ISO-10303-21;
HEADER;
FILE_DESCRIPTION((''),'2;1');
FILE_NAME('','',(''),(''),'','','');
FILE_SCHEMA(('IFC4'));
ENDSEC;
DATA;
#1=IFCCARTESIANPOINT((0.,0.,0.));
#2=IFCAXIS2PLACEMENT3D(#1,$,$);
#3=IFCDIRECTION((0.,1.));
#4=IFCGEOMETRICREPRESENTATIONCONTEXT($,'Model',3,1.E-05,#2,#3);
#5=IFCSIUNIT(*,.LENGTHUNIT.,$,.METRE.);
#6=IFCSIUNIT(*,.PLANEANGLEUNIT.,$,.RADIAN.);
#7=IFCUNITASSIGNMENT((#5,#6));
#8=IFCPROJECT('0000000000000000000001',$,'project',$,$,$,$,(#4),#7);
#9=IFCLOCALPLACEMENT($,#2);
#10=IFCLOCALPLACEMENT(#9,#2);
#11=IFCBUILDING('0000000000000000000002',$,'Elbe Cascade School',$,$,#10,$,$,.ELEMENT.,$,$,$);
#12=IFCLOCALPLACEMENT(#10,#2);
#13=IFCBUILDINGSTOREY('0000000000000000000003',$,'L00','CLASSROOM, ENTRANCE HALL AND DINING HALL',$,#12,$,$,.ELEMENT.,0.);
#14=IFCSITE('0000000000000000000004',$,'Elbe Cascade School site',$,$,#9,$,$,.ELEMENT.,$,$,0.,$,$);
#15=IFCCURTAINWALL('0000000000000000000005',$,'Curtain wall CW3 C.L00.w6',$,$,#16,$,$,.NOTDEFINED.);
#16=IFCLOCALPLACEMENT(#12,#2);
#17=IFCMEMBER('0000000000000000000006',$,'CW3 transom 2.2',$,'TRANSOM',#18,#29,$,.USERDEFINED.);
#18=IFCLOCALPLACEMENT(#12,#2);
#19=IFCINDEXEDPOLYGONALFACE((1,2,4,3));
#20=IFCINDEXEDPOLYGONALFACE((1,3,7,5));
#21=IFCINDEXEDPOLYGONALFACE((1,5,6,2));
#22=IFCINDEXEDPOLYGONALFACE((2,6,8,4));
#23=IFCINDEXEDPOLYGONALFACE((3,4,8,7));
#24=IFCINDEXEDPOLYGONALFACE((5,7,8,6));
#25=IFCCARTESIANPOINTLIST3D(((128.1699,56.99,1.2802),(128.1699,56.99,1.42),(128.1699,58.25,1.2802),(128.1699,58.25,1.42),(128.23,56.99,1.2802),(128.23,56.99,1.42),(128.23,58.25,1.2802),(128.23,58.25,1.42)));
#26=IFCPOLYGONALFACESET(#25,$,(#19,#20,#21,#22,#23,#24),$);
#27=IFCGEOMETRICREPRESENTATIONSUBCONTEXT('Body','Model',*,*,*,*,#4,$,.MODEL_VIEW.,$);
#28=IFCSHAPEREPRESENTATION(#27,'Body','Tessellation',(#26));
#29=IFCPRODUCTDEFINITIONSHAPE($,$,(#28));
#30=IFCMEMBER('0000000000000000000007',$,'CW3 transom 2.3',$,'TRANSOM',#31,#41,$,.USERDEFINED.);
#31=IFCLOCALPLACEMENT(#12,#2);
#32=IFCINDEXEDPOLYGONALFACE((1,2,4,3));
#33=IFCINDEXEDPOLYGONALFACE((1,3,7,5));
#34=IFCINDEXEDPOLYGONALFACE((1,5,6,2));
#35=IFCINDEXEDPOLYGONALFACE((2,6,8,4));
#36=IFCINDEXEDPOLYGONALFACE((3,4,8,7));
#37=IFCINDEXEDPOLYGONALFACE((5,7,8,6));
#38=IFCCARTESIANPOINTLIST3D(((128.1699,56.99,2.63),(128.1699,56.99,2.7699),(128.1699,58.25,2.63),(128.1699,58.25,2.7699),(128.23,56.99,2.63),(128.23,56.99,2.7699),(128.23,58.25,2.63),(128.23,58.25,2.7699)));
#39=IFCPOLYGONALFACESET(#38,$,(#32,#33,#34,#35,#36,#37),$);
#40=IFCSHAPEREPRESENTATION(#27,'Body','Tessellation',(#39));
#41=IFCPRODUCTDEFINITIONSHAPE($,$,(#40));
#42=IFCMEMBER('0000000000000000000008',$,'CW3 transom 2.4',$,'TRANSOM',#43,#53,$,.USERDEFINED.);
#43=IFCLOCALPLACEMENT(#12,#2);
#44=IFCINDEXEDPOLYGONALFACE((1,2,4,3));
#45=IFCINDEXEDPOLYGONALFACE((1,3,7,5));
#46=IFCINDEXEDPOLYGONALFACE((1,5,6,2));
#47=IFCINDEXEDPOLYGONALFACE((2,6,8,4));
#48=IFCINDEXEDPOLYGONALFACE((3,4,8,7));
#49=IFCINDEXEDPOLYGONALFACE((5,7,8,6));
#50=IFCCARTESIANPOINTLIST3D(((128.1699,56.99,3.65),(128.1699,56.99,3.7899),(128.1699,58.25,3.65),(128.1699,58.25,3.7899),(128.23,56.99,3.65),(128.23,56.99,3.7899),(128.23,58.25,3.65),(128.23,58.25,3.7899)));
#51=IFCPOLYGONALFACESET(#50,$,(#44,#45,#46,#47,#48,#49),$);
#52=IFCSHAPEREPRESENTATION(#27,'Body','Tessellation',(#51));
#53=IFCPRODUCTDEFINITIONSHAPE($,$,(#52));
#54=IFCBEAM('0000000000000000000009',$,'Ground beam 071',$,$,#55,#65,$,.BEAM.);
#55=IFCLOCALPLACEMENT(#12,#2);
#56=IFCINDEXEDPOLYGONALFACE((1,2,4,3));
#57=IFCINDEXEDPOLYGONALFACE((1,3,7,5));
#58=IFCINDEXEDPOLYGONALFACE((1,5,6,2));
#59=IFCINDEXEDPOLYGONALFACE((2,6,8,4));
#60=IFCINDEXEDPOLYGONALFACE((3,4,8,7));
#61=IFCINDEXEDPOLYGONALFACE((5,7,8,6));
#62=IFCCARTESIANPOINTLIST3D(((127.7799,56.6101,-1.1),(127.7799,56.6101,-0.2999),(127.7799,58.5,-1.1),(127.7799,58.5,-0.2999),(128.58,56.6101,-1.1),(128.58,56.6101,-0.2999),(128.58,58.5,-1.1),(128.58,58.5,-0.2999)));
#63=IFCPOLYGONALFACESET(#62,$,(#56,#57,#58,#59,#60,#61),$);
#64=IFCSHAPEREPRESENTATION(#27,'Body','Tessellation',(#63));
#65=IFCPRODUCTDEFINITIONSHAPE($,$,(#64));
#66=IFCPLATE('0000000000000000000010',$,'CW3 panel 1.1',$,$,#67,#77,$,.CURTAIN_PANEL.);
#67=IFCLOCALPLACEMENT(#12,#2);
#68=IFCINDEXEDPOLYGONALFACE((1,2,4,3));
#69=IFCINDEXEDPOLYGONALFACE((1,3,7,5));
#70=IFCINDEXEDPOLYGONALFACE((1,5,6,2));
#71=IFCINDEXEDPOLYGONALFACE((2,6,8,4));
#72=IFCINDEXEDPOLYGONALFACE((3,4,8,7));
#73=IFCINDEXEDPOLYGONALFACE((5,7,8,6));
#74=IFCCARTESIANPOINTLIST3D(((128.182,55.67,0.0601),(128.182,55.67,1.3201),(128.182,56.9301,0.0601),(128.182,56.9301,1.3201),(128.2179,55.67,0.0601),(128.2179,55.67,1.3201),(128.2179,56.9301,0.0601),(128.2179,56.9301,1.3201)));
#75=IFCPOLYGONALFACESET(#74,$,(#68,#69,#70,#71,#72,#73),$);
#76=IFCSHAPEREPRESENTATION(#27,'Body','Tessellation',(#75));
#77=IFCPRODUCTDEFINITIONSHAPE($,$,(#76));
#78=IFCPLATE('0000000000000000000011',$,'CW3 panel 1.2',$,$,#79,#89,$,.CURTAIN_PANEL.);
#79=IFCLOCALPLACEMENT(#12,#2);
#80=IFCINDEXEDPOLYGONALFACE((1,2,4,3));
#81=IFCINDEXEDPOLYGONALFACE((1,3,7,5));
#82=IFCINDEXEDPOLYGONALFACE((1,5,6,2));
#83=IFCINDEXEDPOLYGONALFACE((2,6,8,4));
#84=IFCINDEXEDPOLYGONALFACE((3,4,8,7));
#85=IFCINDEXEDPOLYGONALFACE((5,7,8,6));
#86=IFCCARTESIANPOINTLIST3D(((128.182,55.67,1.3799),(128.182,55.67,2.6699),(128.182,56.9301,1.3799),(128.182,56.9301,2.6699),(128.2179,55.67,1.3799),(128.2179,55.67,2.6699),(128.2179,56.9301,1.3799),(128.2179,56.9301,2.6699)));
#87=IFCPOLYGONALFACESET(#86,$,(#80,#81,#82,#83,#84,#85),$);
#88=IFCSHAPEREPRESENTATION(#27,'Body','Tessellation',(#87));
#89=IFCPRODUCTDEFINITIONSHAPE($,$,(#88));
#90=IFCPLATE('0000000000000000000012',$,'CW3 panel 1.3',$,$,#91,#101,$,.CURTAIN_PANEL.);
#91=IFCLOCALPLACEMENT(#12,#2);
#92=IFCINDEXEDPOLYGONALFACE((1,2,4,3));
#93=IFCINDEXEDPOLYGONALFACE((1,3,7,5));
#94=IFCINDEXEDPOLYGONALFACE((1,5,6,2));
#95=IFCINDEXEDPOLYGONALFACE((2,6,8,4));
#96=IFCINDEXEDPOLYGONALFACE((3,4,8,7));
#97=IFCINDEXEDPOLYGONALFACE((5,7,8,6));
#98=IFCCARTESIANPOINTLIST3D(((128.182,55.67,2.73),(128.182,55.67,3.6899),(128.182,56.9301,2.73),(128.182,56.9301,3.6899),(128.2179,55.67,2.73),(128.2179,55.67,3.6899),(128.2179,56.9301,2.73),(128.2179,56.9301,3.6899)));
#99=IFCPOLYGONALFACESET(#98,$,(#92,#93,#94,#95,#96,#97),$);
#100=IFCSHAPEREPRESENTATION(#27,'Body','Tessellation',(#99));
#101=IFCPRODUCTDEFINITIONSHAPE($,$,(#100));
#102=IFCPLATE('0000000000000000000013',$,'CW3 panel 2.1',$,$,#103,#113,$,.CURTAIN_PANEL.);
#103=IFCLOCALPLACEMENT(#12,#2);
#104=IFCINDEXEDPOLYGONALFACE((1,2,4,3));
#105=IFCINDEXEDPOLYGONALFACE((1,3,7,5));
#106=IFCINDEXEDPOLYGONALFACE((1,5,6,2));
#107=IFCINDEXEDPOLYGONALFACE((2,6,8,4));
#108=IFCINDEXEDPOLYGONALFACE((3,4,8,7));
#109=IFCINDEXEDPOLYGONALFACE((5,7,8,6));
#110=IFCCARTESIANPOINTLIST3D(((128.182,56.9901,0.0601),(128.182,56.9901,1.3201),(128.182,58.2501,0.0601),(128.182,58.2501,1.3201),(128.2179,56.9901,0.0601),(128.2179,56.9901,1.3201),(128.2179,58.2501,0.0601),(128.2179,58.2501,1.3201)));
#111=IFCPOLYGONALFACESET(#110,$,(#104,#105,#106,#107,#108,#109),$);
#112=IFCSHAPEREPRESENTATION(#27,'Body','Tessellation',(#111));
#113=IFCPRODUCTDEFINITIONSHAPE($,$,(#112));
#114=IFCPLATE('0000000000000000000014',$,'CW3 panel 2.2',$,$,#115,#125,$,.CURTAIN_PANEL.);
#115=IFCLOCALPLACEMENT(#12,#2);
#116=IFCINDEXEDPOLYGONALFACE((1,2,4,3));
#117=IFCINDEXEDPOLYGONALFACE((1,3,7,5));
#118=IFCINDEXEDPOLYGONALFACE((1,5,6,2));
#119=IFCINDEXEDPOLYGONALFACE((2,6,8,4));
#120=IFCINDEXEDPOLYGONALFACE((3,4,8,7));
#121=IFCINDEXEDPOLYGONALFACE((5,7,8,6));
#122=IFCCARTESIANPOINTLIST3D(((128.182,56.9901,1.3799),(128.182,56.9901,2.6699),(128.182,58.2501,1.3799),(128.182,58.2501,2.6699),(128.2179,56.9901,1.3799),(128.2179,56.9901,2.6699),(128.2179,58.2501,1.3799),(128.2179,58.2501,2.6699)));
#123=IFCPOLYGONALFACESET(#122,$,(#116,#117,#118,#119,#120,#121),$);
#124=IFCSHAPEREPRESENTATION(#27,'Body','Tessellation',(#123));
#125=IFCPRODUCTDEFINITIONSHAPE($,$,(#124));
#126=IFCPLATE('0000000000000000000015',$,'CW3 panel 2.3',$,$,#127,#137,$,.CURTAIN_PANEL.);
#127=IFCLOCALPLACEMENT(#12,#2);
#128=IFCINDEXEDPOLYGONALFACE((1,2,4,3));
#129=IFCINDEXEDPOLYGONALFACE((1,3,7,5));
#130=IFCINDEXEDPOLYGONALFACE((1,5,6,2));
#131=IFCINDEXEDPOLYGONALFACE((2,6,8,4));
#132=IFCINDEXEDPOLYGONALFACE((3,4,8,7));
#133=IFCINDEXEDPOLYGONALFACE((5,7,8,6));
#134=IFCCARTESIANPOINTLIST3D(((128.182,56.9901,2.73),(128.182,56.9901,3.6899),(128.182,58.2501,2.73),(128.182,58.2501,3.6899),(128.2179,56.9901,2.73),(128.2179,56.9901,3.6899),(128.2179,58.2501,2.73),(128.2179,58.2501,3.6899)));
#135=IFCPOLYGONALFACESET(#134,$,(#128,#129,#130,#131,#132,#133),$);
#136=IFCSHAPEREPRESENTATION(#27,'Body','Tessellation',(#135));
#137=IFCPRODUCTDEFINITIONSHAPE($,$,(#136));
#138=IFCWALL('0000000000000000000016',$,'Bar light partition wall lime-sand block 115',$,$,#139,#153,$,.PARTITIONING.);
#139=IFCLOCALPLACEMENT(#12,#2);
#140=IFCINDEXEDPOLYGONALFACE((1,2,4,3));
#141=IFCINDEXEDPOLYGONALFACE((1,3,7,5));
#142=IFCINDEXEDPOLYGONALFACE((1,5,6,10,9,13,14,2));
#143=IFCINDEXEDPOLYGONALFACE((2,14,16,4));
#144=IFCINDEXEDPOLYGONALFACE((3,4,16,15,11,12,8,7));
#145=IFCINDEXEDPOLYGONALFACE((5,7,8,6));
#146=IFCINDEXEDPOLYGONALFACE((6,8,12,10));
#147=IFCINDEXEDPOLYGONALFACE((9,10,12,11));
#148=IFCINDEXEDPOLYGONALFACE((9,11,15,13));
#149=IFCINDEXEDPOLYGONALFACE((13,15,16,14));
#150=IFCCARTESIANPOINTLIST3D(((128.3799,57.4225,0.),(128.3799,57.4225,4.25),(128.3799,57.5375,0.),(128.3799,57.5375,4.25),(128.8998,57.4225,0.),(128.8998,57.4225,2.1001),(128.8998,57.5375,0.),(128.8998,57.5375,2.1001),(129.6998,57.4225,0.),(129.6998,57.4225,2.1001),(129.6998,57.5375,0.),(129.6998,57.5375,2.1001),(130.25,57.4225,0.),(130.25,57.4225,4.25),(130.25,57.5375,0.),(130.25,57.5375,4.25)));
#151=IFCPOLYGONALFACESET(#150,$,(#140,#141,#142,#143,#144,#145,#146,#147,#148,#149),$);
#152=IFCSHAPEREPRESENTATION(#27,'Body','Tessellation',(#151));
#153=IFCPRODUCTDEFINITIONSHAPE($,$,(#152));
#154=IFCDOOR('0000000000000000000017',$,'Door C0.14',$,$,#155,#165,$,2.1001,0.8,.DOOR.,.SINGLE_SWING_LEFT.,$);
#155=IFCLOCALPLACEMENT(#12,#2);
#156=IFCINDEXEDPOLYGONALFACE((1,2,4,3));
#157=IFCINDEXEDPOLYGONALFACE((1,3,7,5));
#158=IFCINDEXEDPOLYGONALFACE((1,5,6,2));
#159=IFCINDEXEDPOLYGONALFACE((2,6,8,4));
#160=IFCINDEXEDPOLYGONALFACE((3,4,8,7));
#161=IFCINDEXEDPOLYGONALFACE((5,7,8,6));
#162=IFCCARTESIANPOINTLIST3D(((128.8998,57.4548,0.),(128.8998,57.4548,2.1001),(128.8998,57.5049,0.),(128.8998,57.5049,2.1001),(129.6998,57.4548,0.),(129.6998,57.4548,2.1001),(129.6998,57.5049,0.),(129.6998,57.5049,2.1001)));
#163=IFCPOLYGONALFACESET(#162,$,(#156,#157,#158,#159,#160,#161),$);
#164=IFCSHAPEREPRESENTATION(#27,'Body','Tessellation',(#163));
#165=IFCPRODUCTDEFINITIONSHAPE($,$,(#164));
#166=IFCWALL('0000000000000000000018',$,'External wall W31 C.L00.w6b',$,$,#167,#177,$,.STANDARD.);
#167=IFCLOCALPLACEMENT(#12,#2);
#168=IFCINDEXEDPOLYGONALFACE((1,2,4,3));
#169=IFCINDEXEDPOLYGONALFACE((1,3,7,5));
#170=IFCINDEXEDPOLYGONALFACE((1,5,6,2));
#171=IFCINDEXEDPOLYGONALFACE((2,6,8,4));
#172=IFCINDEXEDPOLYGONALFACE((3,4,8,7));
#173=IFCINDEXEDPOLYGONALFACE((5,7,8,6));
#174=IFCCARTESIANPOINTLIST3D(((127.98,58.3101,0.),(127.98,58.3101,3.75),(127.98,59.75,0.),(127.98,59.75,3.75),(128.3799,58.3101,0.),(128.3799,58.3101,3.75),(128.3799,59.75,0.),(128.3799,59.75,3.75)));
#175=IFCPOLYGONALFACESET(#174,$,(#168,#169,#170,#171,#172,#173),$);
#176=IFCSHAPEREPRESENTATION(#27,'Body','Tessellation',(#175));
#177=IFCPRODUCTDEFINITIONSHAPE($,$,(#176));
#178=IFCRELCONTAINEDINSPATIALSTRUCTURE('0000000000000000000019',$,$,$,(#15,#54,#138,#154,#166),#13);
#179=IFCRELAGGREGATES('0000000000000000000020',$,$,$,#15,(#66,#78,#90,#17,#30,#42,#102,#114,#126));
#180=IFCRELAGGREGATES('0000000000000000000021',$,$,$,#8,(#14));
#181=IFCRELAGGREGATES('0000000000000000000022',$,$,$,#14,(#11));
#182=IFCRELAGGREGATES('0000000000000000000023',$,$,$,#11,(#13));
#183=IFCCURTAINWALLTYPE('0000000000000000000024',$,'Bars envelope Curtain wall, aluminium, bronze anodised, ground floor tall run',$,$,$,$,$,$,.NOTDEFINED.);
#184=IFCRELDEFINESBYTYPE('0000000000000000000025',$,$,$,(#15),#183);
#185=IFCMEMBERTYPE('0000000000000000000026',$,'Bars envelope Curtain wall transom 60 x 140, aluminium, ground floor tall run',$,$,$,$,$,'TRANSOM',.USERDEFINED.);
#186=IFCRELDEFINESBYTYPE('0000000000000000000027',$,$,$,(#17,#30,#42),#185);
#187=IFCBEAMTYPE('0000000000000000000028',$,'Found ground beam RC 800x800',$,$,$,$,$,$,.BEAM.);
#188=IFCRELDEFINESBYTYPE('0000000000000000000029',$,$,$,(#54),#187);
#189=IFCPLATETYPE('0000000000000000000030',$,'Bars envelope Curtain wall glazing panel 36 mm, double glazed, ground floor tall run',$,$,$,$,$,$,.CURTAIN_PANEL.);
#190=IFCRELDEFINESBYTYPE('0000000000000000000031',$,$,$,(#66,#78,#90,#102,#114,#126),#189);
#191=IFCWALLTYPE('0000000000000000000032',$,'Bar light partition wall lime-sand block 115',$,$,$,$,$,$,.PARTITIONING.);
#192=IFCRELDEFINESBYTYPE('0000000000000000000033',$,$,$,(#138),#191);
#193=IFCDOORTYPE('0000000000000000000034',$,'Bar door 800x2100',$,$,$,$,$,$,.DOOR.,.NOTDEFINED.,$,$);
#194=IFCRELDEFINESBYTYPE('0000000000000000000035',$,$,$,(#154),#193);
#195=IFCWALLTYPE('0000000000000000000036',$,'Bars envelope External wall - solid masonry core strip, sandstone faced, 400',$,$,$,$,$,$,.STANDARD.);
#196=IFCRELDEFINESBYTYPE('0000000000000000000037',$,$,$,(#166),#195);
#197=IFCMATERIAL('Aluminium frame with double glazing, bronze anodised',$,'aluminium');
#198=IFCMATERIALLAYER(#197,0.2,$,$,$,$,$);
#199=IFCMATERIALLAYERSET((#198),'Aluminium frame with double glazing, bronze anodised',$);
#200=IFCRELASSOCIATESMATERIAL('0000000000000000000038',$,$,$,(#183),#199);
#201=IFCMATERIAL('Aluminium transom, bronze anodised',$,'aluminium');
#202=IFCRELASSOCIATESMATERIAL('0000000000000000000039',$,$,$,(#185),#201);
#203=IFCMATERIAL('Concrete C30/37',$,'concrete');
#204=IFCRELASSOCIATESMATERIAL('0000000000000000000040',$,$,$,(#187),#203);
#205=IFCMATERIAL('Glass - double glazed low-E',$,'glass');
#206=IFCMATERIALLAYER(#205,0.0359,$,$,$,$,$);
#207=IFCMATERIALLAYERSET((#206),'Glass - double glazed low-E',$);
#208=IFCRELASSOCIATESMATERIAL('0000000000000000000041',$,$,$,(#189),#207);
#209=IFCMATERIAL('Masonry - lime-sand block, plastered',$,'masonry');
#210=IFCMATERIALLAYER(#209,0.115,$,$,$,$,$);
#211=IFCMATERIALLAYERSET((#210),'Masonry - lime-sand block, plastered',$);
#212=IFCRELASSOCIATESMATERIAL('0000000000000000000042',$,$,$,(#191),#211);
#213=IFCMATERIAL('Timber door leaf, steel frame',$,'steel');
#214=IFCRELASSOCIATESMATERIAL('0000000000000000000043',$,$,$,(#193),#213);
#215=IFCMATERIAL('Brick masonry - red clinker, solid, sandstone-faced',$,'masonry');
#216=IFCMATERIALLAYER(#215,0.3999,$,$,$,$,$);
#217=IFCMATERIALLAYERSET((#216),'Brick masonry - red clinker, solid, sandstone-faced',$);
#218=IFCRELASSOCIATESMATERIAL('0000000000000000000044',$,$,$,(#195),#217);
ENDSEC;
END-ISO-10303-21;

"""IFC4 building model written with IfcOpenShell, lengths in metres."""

from ifc_helpers import new_model, si_unit, direction, frame, frame_2d, origin, origin_2d, place, context, subcontext, project, spatial, rectangle, extrude, material, layer, layer_set, material_profile, profile_set, type_object, element, fill, aggregate, save


model = new_model("IFC4")

# Units and contexts
model_context = context("Model", 3, precision=1e-05, world=origin(), true_north=direction((0.0, 1.0)))
body_context = subcontext(model_context, "Body", "Model", "MODEL_VIEW")
ifc_project = project(units=[si_unit("LENGTHUNIT", "METRE"), si_unit("PLANEANGLEUNIT", "RADIAN")], contexts=[model_context])

# Site, building, storey
site_placement = place(None, origin())
site = spatial("IfcSite", under=ifc_project, at=site_placement, Name="Elbe Cascade School site", CompositionType="ELEMENT", RefElevation=0.0)
building_placement = place(site_placement, origin())
building = spatial("IfcBuilding", under=site, at=building_placement, Name="Elbe Cascade School", CompositionType="ELEMENT")
storey_placement = place(building_placement, origin())
storey = spatial("IfcBuildingStorey", under=building, at=storey_placement, Name="L00", Description="CLASSROOM, ENTRANCE HALL AND DINING HALL", CompositionType="ELEMENT", Elevation=0.0)

# Curtain wall, members
ifc_material_1 = material(Name="Aluminium frame with double glazing, bronze anodised", Category="aluminium")
ifc_layer_1 = layer(ifc_material_1, 0.2)
ifc_layer_set_1 = layer_set([ifc_layer_1], Name="Aluminium frame with double glazing, bronze anodised")
curtain_wall_type = type_object("IfcCurtainWallType", Name="Bars envelope Curtain wall, aluminium, bronze anodised, ground floor tall run", PredefinedType="NOTDEFINED", material=ifc_layer_set_1)
curtain_wall_placement = place(storey_placement, origin())
curtain_wall = element("IfcCurtainWall", 1, at=curtain_wall_placement, inside=storey, type_object=curtain_wall_type, Name="Curtain wall CW3 C.L00.w6", PredefinedType="NOTDEFINED")
ifc_material_2 = material(Name="Aluminium transom, bronze anodised", Category="aluminium")
ifc_material_profile_1 = material_profile(ifc_material_2, rectangle(XDim=0.0601, YDim=0.1399, at=origin_2d()), Name="Bars envelope Curtain wall transom 60 x 140, aluminium, ground floor tall run")
ifc_profile_set_1 = profile_set([ifc_material_profile_1], Name="Aluminium transom, bronze anodised")
member_type_1 = type_object("IfcMemberType", Name="Bars envelope Curtain wall transom 60 x 140, aluminium, ground floor tall run", ElementType="TRANSOM", PredefinedType="USERDEFINED", material=ifc_profile_set_1)
member_1_placement = place(storey_placement, frame((128.2, 56.99, 1.3501), z_axis=(0.0, 1.0, 0.0), x_axis=(-1.0, 0.0, 0.0)))
member_1 = element("IfcMember", 2, at=member_1_placement, type_object=member_type_1, Name="CW3 transom 2.2", ObjectType="TRANSOM", PredefinedType="USERDEFINED", context=body_context, shape_type="SweptSolid", body=[
    extrude(rectangle(XDim=0.0601, YDim=0.1399, at=origin_2d()), origin(), (0.0, 0.0, 1.0), 1.26),
])
member_2_placement = place(storey_placement, frame((128.2, 56.99, 2.7), z_axis=(0.0, 1.0, 0.0), x_axis=(-1.0, 0.0, 0.0)))
member_2 = element("IfcMember", 3, at=member_2_placement, type_object=member_type_1, Name="CW3 transom 2.3", ObjectType="TRANSOM", PredefinedType="USERDEFINED", context=body_context, shape_type="SweptSolid", body=[
    extrude(rectangle(XDim=0.0601, YDim=0.1399, at=origin_2d()), origin(), (0.0, 0.0, 1.0), 1.26),
])
member_3_placement = place(storey_placement, frame((128.2, 56.99, 3.72), z_axis=(0.0, 1.0, 0.0), x_axis=(-1.0, 0.0, 0.0)))
member_3 = element("IfcMember", 4, at=member_3_placement, type_object=member_type_1, Name="CW3 transom 2.4", ObjectType="TRANSOM", PredefinedType="USERDEFINED", context=body_context, shape_type="SweptSolid", body=[
    extrude(rectangle(XDim=0.0601, YDim=0.1399, at=origin_2d()), origin(), (0.0, 0.0, 1.0), 1.26),
])

# Beam
ifc_material_3 = material(Name="Concrete C30/37", Category="concrete")
ifc_material_profile_2 = material_profile(ifc_material_3, rectangle(XDim=0.8, YDim=0.8, at=origin_2d()), Name="RC 800x800")
ifc_profile_set_2 = profile_set([ifc_material_profile_2], Name="Concrete C30/37")
beam_type = type_object("IfcBeamType", Name="Found ground beam RC 800x800", PredefinedType="BEAM", material=ifc_profile_set_2)
beam_placement = place(storey_placement, frame((128.1799, 56.6101, -0.7), z_axis=(0.0, 1.0, 0.0), x_axis=(-1.0, 0.0, 0.0)))
element("IfcBeam", 5, at=beam_placement, inside=storey, type_object=beam_type, Name="Ground beam 071", PredefinedType="BEAM", context=body_context, shape_type="SweptSolid", body=[
    extrude(rectangle(XDim=0.8, YDim=0.8, at=origin_2d()), origin(), (0.0, 0.0, 1.0), 1.8899),
])

# Plates
ifc_material_4 = material(Name="Glass - double glazed low-E", Category="glass")
ifc_layer_2 = layer(ifc_material_4, 0.0359)
ifc_layer_set_2 = layer_set([ifc_layer_2], Name="Glass - double glazed low-E")
plate_type = type_object("IfcPlateType", Name="Bars envelope Curtain wall glazing panel 36 mm, double glazed, ground floor tall run", PredefinedType="CURTAIN_PANEL", material=ifc_layer_set_2)
plate_1_placement = place(storey_placement, frame((128.2, 56.3, 0.0601), z_axis=(0.0, 0.0, 1.0), x_axis=(0.0, 1.0, 0.0)))
plate_1 = element("IfcPlate", 6, at=plate_1_placement, type_object=plate_type, Name="CW3 panel 1.1", PredefinedType="CURTAIN_PANEL", context=body_context, shape_type="SweptSolid", body=[
    extrude(rectangle(XDim=1.26, YDim=0.0359, at=origin_2d()), origin(), (0.0, 0.0, 1.0), 1.26),
])
plate_2_placement = place(storey_placement, frame((128.2, 56.3, 1.3799), z_axis=(0.0, 0.0, 1.0), x_axis=(0.0, 1.0, 0.0)))
plate_2 = element("IfcPlate", 7, at=plate_2_placement, type_object=plate_type, Name="CW3 panel 1.2", PredefinedType="CURTAIN_PANEL", context=body_context, shape_type="SweptSolid", body=[
    extrude(rectangle(XDim=1.26, YDim=0.0359, at=origin_2d()), origin(), (0.0, 0.0, 1.0), 1.29),
])
plate_3_placement = place(storey_placement, frame((128.2, 56.3, 2.73), z_axis=(0.0, 0.0, 1.0), x_axis=(0.0, 1.0, 0.0)))
plate_3 = element("IfcPlate", 8, at=plate_3_placement, type_object=plate_type, Name="CW3 panel 1.3", PredefinedType="CURTAIN_PANEL", context=body_context, shape_type="SweptSolid", body=[
    extrude(rectangle(XDim=1.26, YDim=0.0359, at=origin_2d()), origin(), (0.0, 0.0, 1.0), 0.96),
])
plate_4_placement = place(storey_placement, frame((128.2, 57.6201, 0.0601), z_axis=(0.0, 0.0, 1.0), x_axis=(0.0, 1.0, 0.0)))
plate_4 = element("IfcPlate", 9, at=plate_4_placement, type_object=plate_type, Name="CW3 panel 2.1", PredefinedType="CURTAIN_PANEL", context=body_context, shape_type="SweptSolid", body=[
    extrude(rectangle(XDim=1.26, YDim=0.0359, at=origin_2d()), origin(), (0.0, 0.0, 1.0), 1.26),
])
plate_5_placement = place(storey_placement, frame((128.2, 57.6201, 1.3799), z_axis=(0.0, 0.0, 1.0), x_axis=(0.0, 1.0, 0.0)))
plate_5 = element("IfcPlate", 10, at=plate_5_placement, type_object=plate_type, Name="CW3 panel 2.2", PredefinedType="CURTAIN_PANEL", context=body_context, shape_type="SweptSolid", body=[
    extrude(rectangle(XDim=1.26, YDim=0.0359, at=origin_2d()), origin(), (0.0, 0.0, 1.0), 1.29),
])
plate_6_placement = place(storey_placement, frame((128.2, 57.6201, 2.73), z_axis=(0.0, 0.0, 1.0), x_axis=(0.0, 1.0, 0.0)))
plate_6 = element("IfcPlate", 11, at=plate_6_placement, type_object=plate_type, Name="CW3 panel 2.3", PredefinedType="CURTAIN_PANEL", context=body_context, shape_type="SweptSolid", body=[
    extrude(rectangle(XDim=1.26, YDim=0.0359, at=origin_2d()), origin(), (0.0, 0.0, 1.0), 0.96),
])
aggregate(curtain_wall, [plate_1, plate_2, plate_3, member_1, member_2, member_3, plate_4, plate_5, plate_6])

# Wall, opening, door
ifc_material_5 = material(Name="Masonry - lime-sand block, plastered", Category="masonry")
ifc_layer_3 = layer(ifc_material_5, 0.115)
ifc_layer_set_3 = layer_set([ifc_layer_3], Name="Masonry - lime-sand block, plastered")
wall_type_1 = type_object("IfcWallType", Name="Bar light partition wall lime-sand block 115", PredefinedType="PARTITIONING", material=ifc_layer_set_3)
wall_1_placement = place(storey_placement, frame((128.3799, 57.48, 0.0), z_axis=(0.0, 0.0, 1.0), x_axis=(1.0, 0.0, 0.0)))
wall_1 = element("IfcWall", 12, at=wall_1_placement, inside=storey, type_object=wall_type_1, Name="Bar light partition wall lime-sand block 115", PredefinedType="PARTITIONING", context=body_context, shape_type="SweptSolid", body=[
    extrude(rectangle(XDim=1.8701, YDim=0.115, at=frame_2d((0.9351, 0.0))), origin(), (0.0, 0.0, 1.0), 4.25),
])
opening_placement = place(wall_1_placement, frame((0.52, 0.0, 0.0)))
opening = element("IfcOpeningElement", 13, at=opening_placement, cuts=wall_1, PredefinedType="OPENING", context=body_context, shape_type="SweptSolid", body=[
    extrude(rectangle(XDim=0.8, YDim=2.1001, at=frame_2d((0.3999, 1.05))), frame((0.0, 0.0674, 0.0), z_axis=(0.0, -1.0, 0.0), x_axis=(1.0, 0.0, 0.0)), (0.0, 0.0, 1.0), 0.135),
])
ifc_material_6 = material(Name="Timber door leaf, steel frame", Category="steel")
door_type = type_object("IfcDoorType", Name="Bar door 800x2100", OperationType="NOTDEFINED", PredefinedType="DOOR", material=ifc_material_6)
door_placement = place(opening_placement, origin())
door = element("IfcDoor", 14, at=door_placement, inside=storey, type_object=door_type, Name="Door C0.14", OperationType="SINGLE_SWING_LEFT", OverallHeight=2.1001, OverallWidth=0.8, PredefinedType="DOOR", context=body_context, shape_type="SweptSolid", body=[
    extrude(rectangle(XDim=0.8, YDim=2.1001, at=frame_2d((0.3999, 1.05))), frame((0.0, 0.0249, 0.0), z_axis=(0.0, -1.0, 0.0), x_axis=(1.0, 0.0, 0.0)), (0.0, 0.0, 1.0), 0.05),
])
fill(opening, door)

# Wall
ifc_material_7 = material(Name="Brick masonry - red clinker, solid, sandstone-faced", Category="masonry")
ifc_layer_4 = layer(ifc_material_7, 0.3999)
ifc_layer_set_4 = layer_set([ifc_layer_4], Name="Brick masonry - red clinker, solid, sandstone-faced")
wall_type_2 = type_object("IfcWallType", Name="Bars envelope External wall - solid masonry core strip, sandstone faced, 400", PredefinedType="STANDARD", material=ifc_layer_set_4)
wall_2_placement = place(storey_placement, frame((128.1799, 58.3101, 0.0), z_axis=(0.0, 0.0, 1.0), x_axis=(0.0, 1.0, 0.0)))
element("IfcWall", 15, at=wall_2_placement, inside=storey, type_object=wall_type_2, Name="External wall W31 C.L00.w6b", PredefinedType="STANDARD", context=body_context, shape_type="SweptSolid", body=[
    extrude(rectangle(XDim=1.4399, YDim=0.3999, at=frame_2d((0.72, 0.0))), origin(), (0.0, 0.0, 1.0), 3.75),
])

save(model, "model.ifc")
